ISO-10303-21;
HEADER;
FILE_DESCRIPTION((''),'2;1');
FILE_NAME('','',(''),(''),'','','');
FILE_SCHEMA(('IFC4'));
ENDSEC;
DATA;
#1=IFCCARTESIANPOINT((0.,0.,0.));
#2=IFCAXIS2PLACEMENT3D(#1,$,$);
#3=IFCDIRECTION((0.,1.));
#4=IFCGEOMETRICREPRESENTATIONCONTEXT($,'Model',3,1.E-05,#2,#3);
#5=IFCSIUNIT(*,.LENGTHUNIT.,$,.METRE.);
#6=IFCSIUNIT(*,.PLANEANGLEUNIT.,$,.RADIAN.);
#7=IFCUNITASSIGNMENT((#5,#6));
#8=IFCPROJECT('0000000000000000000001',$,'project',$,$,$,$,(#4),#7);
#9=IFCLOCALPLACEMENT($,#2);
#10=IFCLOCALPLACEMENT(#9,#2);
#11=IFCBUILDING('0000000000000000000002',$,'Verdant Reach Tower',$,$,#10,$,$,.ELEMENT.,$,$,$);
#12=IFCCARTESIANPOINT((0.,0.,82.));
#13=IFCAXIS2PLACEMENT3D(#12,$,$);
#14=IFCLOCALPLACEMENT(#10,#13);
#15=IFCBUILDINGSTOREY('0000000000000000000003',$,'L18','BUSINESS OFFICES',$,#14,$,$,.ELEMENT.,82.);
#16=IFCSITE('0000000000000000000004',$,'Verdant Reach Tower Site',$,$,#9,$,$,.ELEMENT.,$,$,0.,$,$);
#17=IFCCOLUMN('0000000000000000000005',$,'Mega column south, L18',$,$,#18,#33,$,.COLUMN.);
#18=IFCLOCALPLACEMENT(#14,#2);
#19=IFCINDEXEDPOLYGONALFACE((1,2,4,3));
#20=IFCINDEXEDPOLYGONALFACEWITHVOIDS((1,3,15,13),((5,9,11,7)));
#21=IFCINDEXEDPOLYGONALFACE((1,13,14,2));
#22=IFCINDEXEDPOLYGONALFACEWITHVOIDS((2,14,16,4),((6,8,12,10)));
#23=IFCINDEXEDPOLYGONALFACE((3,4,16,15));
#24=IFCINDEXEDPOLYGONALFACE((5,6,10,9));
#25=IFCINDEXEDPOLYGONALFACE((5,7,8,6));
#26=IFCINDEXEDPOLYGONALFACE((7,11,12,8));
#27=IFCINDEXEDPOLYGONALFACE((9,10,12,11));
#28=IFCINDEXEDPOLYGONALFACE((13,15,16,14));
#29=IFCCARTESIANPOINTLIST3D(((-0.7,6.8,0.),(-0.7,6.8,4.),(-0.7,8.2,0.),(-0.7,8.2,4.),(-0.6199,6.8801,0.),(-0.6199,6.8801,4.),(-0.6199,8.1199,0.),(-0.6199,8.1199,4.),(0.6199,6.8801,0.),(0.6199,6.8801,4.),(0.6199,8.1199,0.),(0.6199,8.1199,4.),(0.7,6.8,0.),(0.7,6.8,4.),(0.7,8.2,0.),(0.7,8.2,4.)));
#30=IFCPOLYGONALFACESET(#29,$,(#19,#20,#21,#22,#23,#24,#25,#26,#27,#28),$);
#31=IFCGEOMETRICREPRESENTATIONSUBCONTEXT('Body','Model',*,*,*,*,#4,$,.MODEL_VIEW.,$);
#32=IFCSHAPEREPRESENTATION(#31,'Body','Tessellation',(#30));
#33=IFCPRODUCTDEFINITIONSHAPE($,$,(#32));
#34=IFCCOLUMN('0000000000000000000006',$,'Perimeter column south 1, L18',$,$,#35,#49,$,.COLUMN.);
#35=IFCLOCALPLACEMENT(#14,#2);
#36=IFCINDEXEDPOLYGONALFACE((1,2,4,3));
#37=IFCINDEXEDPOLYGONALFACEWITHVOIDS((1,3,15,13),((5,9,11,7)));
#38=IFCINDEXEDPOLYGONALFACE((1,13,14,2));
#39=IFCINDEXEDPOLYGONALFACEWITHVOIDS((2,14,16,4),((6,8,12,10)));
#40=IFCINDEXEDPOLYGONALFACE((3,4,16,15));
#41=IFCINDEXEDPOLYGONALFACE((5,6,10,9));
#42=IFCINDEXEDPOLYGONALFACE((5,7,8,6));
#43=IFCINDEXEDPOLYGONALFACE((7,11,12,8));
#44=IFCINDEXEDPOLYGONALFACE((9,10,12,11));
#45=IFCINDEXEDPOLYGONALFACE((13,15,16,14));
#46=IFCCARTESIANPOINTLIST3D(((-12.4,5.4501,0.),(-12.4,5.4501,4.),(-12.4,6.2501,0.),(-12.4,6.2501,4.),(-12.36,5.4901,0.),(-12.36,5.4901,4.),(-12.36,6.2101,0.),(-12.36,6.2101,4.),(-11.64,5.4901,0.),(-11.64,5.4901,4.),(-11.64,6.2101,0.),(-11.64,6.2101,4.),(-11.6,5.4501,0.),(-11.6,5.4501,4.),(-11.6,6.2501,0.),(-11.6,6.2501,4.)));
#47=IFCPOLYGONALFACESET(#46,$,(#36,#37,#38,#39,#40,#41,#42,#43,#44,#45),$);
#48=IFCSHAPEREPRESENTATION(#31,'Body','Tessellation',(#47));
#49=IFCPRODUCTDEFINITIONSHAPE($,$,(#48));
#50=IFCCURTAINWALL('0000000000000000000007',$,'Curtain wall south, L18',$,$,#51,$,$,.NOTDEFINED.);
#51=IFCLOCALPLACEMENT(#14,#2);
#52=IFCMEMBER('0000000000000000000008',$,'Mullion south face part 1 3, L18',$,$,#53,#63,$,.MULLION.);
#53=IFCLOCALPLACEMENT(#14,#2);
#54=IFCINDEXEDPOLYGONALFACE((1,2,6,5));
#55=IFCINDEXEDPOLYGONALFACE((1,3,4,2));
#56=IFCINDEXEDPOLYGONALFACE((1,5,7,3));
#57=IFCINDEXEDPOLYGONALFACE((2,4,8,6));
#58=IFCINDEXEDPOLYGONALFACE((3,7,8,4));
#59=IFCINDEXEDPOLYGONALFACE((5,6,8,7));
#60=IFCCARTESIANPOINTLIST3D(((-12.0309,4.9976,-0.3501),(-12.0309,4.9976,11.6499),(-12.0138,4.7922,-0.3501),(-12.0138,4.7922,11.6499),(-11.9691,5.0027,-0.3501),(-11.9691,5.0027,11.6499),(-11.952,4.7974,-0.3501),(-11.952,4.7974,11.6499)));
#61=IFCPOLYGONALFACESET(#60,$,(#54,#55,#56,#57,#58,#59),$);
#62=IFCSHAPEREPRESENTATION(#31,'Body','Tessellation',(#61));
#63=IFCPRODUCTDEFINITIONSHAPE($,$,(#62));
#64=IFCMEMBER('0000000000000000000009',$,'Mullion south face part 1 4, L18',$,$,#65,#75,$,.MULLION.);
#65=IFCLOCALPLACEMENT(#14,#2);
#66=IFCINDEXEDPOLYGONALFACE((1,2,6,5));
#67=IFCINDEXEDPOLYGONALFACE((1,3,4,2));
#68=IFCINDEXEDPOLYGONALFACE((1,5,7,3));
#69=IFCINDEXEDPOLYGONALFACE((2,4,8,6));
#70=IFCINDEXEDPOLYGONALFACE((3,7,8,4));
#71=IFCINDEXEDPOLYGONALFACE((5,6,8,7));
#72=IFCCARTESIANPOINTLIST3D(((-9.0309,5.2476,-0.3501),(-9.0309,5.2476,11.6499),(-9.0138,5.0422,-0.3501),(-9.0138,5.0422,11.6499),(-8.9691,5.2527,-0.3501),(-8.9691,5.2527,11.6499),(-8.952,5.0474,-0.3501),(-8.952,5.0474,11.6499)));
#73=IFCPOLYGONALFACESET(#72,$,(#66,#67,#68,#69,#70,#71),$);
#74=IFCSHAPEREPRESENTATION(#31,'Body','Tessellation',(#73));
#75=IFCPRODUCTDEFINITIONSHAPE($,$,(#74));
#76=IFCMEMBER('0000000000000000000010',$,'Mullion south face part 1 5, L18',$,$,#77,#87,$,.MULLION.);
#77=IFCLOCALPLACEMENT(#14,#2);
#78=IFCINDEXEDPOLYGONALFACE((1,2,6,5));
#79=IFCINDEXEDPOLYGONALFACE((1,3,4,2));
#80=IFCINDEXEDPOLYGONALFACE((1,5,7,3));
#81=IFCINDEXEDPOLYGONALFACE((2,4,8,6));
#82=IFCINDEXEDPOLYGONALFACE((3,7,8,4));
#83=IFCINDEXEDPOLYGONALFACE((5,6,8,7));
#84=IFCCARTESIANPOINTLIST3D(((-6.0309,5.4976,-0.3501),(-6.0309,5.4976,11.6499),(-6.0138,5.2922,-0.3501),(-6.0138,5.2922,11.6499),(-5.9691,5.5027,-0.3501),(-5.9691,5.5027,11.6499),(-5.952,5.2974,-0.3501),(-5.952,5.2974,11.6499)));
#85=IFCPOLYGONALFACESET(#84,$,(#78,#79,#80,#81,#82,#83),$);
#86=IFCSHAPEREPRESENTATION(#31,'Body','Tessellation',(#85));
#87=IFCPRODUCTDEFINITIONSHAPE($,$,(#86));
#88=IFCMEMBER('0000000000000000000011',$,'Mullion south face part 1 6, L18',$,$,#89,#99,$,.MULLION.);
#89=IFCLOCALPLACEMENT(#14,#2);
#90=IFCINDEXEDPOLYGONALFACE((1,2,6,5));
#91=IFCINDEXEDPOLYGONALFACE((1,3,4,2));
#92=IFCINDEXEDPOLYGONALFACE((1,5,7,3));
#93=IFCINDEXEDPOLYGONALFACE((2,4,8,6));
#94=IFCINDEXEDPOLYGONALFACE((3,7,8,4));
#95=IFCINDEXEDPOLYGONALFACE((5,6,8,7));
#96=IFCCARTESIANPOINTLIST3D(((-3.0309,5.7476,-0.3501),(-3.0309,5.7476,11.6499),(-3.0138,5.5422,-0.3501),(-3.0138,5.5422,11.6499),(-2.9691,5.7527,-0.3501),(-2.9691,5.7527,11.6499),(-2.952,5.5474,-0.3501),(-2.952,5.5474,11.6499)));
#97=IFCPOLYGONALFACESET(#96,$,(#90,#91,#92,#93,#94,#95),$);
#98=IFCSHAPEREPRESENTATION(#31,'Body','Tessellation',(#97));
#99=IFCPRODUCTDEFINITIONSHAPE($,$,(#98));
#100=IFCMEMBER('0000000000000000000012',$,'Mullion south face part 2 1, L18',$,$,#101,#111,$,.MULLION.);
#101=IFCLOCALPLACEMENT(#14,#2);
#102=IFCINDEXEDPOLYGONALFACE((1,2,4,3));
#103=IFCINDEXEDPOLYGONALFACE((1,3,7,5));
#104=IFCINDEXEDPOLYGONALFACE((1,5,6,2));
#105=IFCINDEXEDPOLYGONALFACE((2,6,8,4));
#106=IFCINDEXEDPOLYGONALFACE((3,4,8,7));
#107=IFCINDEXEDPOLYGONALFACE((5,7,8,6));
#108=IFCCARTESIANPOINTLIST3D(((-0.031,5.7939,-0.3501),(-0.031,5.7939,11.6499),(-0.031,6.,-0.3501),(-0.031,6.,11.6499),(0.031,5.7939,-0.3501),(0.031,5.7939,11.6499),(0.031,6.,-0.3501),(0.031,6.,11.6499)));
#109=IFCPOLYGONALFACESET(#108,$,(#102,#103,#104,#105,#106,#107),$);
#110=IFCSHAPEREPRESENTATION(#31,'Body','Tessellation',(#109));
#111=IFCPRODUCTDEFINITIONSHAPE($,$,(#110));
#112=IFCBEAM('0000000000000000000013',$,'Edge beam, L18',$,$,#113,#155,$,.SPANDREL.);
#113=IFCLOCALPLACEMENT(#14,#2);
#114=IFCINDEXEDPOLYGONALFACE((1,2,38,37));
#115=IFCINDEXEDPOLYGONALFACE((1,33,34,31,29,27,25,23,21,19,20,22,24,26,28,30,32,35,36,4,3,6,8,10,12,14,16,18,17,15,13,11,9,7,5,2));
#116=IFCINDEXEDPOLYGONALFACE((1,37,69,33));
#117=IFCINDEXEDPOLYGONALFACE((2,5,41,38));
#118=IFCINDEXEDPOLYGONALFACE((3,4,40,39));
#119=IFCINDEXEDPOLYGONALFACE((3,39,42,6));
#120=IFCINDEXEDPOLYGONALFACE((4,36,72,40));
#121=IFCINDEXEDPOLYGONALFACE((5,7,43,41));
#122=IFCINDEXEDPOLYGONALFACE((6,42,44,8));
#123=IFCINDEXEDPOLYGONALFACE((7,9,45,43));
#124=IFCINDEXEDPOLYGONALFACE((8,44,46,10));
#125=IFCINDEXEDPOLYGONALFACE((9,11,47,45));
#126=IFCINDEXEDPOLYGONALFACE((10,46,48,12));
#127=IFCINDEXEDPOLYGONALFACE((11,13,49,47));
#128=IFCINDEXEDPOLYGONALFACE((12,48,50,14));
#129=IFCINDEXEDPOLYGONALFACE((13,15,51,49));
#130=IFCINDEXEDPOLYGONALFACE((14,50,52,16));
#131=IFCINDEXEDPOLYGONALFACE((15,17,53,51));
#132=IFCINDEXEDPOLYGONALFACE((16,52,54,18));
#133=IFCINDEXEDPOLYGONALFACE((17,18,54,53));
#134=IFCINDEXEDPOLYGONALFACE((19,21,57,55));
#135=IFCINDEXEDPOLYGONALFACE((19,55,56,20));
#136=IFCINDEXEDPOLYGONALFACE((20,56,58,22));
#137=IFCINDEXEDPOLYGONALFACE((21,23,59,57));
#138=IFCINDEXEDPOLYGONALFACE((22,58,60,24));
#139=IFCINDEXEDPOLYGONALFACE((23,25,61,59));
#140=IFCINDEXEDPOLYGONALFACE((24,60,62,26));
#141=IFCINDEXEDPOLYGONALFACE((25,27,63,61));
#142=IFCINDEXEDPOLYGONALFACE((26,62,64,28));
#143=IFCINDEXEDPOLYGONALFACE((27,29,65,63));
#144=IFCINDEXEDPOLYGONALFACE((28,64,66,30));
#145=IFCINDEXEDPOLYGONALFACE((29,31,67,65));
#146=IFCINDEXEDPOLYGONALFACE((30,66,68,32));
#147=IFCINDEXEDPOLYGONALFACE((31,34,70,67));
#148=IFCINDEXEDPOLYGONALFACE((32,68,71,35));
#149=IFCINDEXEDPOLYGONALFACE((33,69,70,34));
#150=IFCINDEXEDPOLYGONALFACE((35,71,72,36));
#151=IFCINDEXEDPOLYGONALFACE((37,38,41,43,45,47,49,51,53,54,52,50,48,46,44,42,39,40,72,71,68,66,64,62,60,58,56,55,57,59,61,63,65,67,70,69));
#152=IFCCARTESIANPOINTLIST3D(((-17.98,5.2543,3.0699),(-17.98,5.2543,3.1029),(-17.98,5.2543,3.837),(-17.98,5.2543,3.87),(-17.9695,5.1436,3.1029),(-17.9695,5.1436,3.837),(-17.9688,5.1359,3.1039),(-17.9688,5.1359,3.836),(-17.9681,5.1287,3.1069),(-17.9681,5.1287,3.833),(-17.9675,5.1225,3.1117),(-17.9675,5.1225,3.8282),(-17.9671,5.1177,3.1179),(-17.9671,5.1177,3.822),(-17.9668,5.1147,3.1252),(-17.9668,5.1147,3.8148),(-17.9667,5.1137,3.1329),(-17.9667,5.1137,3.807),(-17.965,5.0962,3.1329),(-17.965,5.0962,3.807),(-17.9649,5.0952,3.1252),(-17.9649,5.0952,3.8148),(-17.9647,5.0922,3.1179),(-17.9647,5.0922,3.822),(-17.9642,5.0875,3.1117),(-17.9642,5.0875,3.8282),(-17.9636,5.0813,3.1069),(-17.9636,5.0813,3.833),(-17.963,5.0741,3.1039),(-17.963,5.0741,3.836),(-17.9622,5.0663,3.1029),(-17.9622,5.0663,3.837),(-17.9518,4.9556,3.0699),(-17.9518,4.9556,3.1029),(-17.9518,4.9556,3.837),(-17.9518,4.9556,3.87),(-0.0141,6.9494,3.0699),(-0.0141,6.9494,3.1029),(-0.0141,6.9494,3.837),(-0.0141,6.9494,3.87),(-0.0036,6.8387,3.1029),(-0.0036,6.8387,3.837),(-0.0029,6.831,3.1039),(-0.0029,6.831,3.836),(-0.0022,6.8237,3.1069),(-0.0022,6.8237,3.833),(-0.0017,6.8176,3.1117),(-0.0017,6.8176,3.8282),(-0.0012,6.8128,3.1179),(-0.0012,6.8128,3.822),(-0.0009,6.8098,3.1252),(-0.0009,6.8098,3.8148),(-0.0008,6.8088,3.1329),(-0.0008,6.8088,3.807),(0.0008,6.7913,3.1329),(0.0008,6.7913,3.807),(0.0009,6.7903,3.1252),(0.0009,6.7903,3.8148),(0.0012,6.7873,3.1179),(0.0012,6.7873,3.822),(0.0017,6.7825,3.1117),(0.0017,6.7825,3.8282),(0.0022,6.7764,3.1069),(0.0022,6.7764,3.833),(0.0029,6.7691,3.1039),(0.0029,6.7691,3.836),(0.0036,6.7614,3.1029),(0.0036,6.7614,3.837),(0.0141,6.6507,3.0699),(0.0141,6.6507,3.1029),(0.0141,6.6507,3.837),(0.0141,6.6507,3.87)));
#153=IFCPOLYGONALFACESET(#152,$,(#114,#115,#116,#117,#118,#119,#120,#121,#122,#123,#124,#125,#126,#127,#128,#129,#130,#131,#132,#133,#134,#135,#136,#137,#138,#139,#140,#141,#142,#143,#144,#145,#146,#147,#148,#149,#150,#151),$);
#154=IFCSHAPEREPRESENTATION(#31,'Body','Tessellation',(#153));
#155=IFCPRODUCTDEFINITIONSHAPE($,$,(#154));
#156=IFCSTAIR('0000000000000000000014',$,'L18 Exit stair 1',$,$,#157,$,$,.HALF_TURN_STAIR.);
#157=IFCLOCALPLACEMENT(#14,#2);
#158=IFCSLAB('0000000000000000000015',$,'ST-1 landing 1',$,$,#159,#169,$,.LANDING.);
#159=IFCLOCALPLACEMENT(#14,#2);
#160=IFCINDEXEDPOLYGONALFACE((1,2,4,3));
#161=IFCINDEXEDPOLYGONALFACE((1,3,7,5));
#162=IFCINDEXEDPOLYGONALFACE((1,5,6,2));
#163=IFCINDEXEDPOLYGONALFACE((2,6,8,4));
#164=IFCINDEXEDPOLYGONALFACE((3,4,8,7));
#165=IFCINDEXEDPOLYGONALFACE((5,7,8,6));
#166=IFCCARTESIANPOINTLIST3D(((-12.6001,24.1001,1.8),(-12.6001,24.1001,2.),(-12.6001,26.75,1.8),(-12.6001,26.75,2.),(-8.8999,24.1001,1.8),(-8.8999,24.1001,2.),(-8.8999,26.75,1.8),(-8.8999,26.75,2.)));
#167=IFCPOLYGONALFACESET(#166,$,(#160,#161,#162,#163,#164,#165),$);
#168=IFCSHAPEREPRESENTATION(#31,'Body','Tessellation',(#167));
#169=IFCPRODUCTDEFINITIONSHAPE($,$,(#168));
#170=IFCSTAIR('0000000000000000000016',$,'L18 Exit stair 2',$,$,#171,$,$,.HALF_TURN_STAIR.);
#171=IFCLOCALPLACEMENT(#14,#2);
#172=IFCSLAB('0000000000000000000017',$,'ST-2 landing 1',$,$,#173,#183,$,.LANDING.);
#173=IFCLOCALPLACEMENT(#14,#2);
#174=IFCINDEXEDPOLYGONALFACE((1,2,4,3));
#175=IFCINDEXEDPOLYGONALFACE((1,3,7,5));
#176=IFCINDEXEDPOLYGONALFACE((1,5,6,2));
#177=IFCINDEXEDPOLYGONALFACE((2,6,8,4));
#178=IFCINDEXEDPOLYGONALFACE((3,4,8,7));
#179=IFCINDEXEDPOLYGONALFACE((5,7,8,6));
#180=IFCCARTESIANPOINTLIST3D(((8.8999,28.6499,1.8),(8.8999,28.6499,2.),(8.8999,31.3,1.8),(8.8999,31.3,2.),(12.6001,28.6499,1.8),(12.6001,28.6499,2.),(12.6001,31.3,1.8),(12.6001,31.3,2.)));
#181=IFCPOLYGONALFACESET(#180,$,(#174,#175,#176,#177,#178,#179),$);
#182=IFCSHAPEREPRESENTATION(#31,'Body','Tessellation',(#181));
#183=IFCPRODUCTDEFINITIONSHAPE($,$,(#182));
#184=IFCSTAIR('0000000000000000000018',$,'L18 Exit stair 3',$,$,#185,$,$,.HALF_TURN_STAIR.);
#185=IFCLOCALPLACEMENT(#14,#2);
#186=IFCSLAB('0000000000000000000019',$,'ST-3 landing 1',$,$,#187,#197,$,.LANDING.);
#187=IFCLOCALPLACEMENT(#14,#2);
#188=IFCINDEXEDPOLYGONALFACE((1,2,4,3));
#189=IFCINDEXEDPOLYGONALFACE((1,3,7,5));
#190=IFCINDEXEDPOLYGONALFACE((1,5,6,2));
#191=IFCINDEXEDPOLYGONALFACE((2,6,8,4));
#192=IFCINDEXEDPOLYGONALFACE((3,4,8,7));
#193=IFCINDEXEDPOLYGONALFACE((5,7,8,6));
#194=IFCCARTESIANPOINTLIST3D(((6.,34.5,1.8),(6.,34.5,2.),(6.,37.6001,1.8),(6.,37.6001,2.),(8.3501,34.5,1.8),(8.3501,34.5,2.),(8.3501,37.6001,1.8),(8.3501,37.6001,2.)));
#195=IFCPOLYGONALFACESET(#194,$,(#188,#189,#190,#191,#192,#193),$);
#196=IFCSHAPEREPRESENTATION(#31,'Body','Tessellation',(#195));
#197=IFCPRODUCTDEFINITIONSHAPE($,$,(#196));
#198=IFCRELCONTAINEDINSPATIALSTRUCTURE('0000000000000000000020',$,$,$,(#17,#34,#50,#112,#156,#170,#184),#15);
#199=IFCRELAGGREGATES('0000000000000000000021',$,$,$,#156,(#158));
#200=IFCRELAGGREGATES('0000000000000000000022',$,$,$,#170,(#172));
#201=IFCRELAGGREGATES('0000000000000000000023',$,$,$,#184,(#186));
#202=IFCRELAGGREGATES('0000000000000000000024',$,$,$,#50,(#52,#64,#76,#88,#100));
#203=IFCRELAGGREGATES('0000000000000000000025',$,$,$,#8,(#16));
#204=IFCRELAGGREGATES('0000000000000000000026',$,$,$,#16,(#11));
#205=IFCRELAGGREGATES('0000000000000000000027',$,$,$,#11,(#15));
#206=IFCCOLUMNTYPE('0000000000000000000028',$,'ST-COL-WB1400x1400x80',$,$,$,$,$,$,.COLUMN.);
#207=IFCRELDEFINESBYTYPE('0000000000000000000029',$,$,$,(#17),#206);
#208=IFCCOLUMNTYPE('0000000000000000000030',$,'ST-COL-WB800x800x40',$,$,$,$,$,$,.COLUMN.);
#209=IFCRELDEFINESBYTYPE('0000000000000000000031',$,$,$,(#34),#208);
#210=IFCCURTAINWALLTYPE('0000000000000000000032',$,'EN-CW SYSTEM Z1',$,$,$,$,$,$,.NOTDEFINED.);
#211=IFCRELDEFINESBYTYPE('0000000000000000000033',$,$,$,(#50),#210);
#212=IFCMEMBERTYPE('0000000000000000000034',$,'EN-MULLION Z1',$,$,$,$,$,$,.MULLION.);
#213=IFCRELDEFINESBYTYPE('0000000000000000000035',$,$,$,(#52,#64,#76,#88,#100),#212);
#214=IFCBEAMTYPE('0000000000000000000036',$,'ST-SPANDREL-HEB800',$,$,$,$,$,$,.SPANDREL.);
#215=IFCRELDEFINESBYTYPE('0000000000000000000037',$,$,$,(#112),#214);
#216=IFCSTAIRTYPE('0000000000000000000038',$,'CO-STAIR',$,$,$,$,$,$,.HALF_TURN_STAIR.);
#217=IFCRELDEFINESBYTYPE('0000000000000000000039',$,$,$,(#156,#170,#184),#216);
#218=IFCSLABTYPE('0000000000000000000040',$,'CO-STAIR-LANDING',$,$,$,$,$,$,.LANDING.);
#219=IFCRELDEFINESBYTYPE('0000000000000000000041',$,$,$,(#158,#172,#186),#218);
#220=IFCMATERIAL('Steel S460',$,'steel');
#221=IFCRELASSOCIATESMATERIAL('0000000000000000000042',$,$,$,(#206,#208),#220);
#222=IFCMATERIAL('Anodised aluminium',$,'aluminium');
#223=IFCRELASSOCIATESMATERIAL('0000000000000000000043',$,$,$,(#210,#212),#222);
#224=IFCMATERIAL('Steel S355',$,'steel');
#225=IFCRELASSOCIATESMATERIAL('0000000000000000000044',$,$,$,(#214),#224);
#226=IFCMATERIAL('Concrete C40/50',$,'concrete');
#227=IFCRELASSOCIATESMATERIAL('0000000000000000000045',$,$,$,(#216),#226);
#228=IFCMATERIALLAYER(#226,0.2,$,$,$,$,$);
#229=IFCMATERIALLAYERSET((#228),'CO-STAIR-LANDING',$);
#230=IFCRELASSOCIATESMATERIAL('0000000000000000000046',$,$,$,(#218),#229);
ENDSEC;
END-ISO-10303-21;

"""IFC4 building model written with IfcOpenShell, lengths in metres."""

from ifc_helpers import new_model, si_unit, direction, frame, origin, origin_2d, place, context, subcontext, project, spatial, polyline, rectangle, hollow_rectangle, i_section, outline, extrude, material, layer, layer_set, material_profile, profile_set, type_object, element, aggregate, save


model = new_model("IFC4")

# Units and contexts
model_context = context("Model", 3, precision=1e-05, world=origin(), true_north=direction((0.0, 1.0)))
body_context = subcontext(model_context, "Body", "Model", "MODEL_VIEW")
ifc_project = project(units=[si_unit("LENGTHUNIT", "METRE"), si_unit("PLANEANGLEUNIT", "RADIAN")], contexts=[model_context])

# Site, building, storey
site_placement = place(None, origin())
site = spatial("IfcSite", under=ifc_project, at=site_placement, Name="Verdant Reach Tower Site", CompositionType="ELEMENT", RefElevation=0.0)
building_placement = place(site_placement, origin())
building = spatial("IfcBuilding", under=site, at=building_placement, Name="Verdant Reach Tower", CompositionType="ELEMENT")
storey_placement = place(building_placement, frame((0.0, 0.0, 82.0)))
storey = spatial("IfcBuildingStorey", under=building, at=storey_placement, Name="L18", Description="BUSINESS OFFICES", CompositionType="ELEMENT", Elevation=82.0)

# Columns
ifc_material_1 = material(Name="Steel S460", Category="steel")
ifc_material_profile_1 = material_profile(ifc_material_1, hollow_rectangle(XDim=1.3999, YDim=1.3999, WallThickness=0.0801, at=origin_2d()), Name="WB 1400x1400x80")
ifc_profile_set_1 = profile_set([ifc_material_profile_1], Name="Steel S460")
column_type_1 = type_object("IfcColumnType", Name="ST-COL-WB1400x1400x80", PredefinedType="COLUMN", material=ifc_profile_set_1)
column_1_placement = place(storey_placement, frame((0.0, 7.5, 0.0), z_axis=(0.0, 0.0, 1.0), x_axis=(1.0, 0.0, 0.0)))
element("IfcColumn", 1, at=column_1_placement, inside=storey, type_object=column_type_1, Name="Mega column south, L18", PredefinedType="COLUMN", context=body_context, shape_type="SweptSolid", body=[
    extrude(hollow_rectangle(XDim=1.3999, YDim=1.3999, WallThickness=0.0801, at=origin_2d()), origin(), (0.0, 0.0, 1.0), 4.0),
])
ifc_material_profile_2 = material_profile(ifc_material_1, hollow_rectangle(XDim=0.8, YDim=0.8, WallThickness=0.04, at=origin_2d()), Name="WB 800x800x40")
ifc_profile_set_2 = profile_set([ifc_material_profile_2], Name="Steel S460")
column_type_2 = type_object("IfcColumnType", Name="ST-COL-WB800x800x40", PredefinedType="COLUMN", material=ifc_profile_set_2)
column_2_placement = place(storey_placement, frame((-12.0, 5.8501, 0.0), z_axis=(0.0, 0.0, 1.0), x_axis=(1.0, 0.0, 0.0)))
element("IfcColumn", 2, at=column_2_placement, inside=storey, type_object=column_type_2, Name="Perimeter column south 1, L18", PredefinedType="COLUMN", context=body_context, shape_type="SweptSolid", body=[
    extrude(hollow_rectangle(XDim=0.8, YDim=0.8, WallThickness=0.04, at=origin_2d()), origin(), (0.0, 0.0, 1.0), 4.0),
])

# Curtain wall, members
ifc_material_2 = material(Name="Anodised aluminium", Category="aluminium")
curtain_wall_type = type_object("IfcCurtainWallType", Name="EN-CW SYSTEM Z1", PredefinedType="NOTDEFINED", material=ifc_material_2)
curtain_wall_placement = place(storey_placement, origin())
curtain_wall = element("IfcCurtainWall", 3, at=curtain_wall_placement, inside=storey, type_object=curtain_wall_type, Name="Curtain wall south, L18", PredefinedType="NOTDEFINED")
ifc_material_profile_3 = material_profile(ifc_material_2, rectangle(XDim=0.2061, YDim=0.062, at=origin_2d()), Name="Mullion 62x206")
ifc_profile_set_3 = profile_set([ifc_material_profile_3], Name="Anodised aluminium")
member_type = type_object("IfcMemberType", Name="EN-MULLION Z1", PredefinedType="MULLION", material=ifc_profile_set_3)
member_1_placement = place(storey_placement, frame((-11.9915, 4.8975, -0.3501), z_axis=(0.0, 0.0, 1.0), x_axis=(0.083045, -0.996546, 0.0)))
member_1 = element("IfcMember", 4, at=member_1_placement, type_object=member_type, Name="Mullion south face part 1 3, L18", PredefinedType="MULLION", context=body_context, shape_type="SweptSolid", body=[
    extrude(rectangle(XDim=0.2061, YDim=0.062, at=origin_2d()), origin(), (0.0, 0.0, 1.0), 12.0),
])
member_2_placement = place(storey_placement, frame((-8.9915, 5.1475, -0.3501), z_axis=(0.0, 0.0, 1.0), x_axis=(0.083045, -0.996546, 0.0)))
member_2 = element("IfcMember", 5, at=member_2_placement, type_object=member_type, Name="Mullion south face part 1 4, L18", PredefinedType="MULLION", context=body_context, shape_type="SweptSolid", body=[
    extrude(rectangle(XDim=0.2061, YDim=0.062, at=origin_2d()), origin(), (0.0, 0.0, 1.0), 12.0),
])
member_3_placement = place(storey_placement, frame((-5.9915, 5.3975, -0.3501), z_axis=(0.0, 0.0, 1.0), x_axis=(0.083045, -0.996546, 0.0)))
member_3 = element("IfcMember", 6, at=member_3_placement, type_object=member_type, Name="Mullion south face part 1 5, L18", PredefinedType="MULLION", context=body_context, shape_type="SweptSolid", body=[
    extrude(rectangle(XDim=0.2061, YDim=0.062, at=origin_2d()), origin(), (0.0, 0.0, 1.0), 12.0),
])
member_4_placement = place(storey_placement, frame((-2.9915, 5.6475, -0.3501), z_axis=(0.0, 0.0, 1.0), x_axis=(0.083045, -0.996546, 0.0)))
member_4 = element("IfcMember", 7, at=member_4_placement, type_object=member_type, Name="Mullion south face part 1 6, L18", PredefinedType="MULLION", context=body_context, shape_type="SweptSolid", body=[
    extrude(rectangle(XDim=0.2061, YDim=0.062, at=origin_2d()), origin(), (0.0, 0.0, 1.0), 12.0),
])
member_5_placement = place(storey_placement, frame((0.0, 5.897, -0.3501), z_axis=(0.0, 0.0, 1.0), x_axis=(0.0, -1.0, 0.0)))
member_5 = element("IfcMember", 8, at=member_5_placement, type_object=member_type, Name="Mullion south face part 2 1, L18", PredefinedType="MULLION", context=body_context, shape_type="SweptSolid", body=[
    extrude(rectangle(XDim=0.2061, YDim=0.062, at=origin_2d()), origin(), (0.0, 0.0, 1.0), 12.0),
])

# Beam
ifc_material_3 = material(Name="Steel S355", Category="steel")
ifc_material_profile_4 = material_profile(ifc_material_3, i_section(OverallWidth=0.3, OverallDepth=0.8, WebThickness=0.0176, FlangeThickness=0.033, FilletRadius=0.03, at=origin_2d()), Name="HEB 800")
ifc_profile_set_4 = profile_set([ifc_material_profile_4], Name="Steel S355")
beam_type = type_object("IfcBeamType", Name="ST-SPANDREL-HEB800", PredefinedType="SPANDREL", material=ifc_profile_set_4)
beam_placement = place(storey_placement, frame((0.0, 6.8, 3.47), z_axis=(-0.995579, -0.093932, 0.0), x_axis=(0.093932, -0.995579, 0.0)))
element("IfcBeam", 9, at=beam_placement, inside=storey, type_object=beam_type, Name="Edge beam, L18", PredefinedType="SPANDREL", context=body_context, shape_type="SweptSolid", body=[
    extrude(i_section(OverallWidth=0.3, OverallDepth=0.8, WebThickness=0.0176, FlangeThickness=0.033, FilletRadius=0.03, at=origin_2d()), origin(), (0.0, 0.0, 1.0), 18.0457),
])

# Stairs, slabs
ifc_material_4 = material(Name="Concrete C40/50", Category="concrete")
stair_type = type_object("IfcStairType", Name="CO-STAIR", PredefinedType="HALF_TURN_STAIR", material=ifc_material_4)
stair_1_placement = place(storey_placement, origin())
stair_1 = element("IfcStair", 10, at=stair_1_placement, inside=storey, type_object=stair_type, Name="L18 Exit stair 1", PredefinedType="HALF_TURN_STAIR")
ifc_layer_1 = layer(ifc_material_4, 0.2)
ifc_layer_set_1 = layer_set([ifc_layer_1], Name="CO-STAIR-LANDING")
slab_type_1 = type_object("IfcSlabType", Name="CO-STAIR-LANDING", PredefinedType="LANDING", material=ifc_layer_set_1)
slab_1_placement = place(storey_placement, frame((0.0, 0.0, 1.8)))
slab_1 = element("IfcSlab", 11, at=slab_1_placement, type_object=slab_type_1, Name="ST-1 landing 1", PredefinedType="LANDING", context=body_context, shape_type="SweptSolid", body=[
    extrude(outline(polyline([(-12.6001, 26.75), (-12.6001, 24.1001), (-8.8999, 24.1001), (-8.8999, 26.75), (-12.6001, 26.75)])), origin(), (0.0, 0.0, 1.0), 0.2),
])
aggregate(stair_1, [slab_1])
stair_2_placement = place(storey_placement, origin())
stair_2 = element("IfcStair", 12, at=stair_2_placement, inside=storey, type_object=stair_type, Name="L18 Exit stair 2", PredefinedType="HALF_TURN_STAIR")
slab_2_placement = place(storey_placement, frame((0.0, 0.0, 1.8)))
slab_2 = element("IfcSlab", 13, at=slab_2_placement, type_object=slab_type_1, Name="ST-2 landing 1", PredefinedType="LANDING", context=body_context, shape_type="SweptSolid", body=[
    extrude(outline(polyline([(12.6001, 28.6499), (12.6001, 31.3), (8.8999, 31.3), (8.8999, 28.6499), (12.6001, 28.6499)])), origin(), (0.0, 0.0, 1.0), 0.2),
])
aggregate(stair_2, [slab_2])
stair_3_placement = place(storey_placement, origin())
stair_3 = element("IfcStair", 14, at=stair_3_placement, inside=storey, type_object=stair_type, Name="L18 Exit stair 3", PredefinedType="HALF_TURN_STAIR")
slab_3_placement = place(storey_placement, frame((0.0, 0.0, 1.8)))
slab_3 = element("IfcSlab", 15, at=slab_3_placement, type_object=slab_type_1, Name="ST-3 landing 1", PredefinedType="LANDING", context=body_context, shape_type="SweptSolid", body=[
    extrude(outline(polyline([(8.3501, 37.6001), (6.0, 37.6001), (6.0, 34.5), (8.3501, 34.5), (8.3501, 37.6001)])), origin(), (0.0, 0.0, 1.0), 0.2),
])
aggregate(stair_3, [slab_3])

aggregate(curtain_wall, [member_1, member_2, member_3, member_4, member_5])

save(model, "model.ifc")
